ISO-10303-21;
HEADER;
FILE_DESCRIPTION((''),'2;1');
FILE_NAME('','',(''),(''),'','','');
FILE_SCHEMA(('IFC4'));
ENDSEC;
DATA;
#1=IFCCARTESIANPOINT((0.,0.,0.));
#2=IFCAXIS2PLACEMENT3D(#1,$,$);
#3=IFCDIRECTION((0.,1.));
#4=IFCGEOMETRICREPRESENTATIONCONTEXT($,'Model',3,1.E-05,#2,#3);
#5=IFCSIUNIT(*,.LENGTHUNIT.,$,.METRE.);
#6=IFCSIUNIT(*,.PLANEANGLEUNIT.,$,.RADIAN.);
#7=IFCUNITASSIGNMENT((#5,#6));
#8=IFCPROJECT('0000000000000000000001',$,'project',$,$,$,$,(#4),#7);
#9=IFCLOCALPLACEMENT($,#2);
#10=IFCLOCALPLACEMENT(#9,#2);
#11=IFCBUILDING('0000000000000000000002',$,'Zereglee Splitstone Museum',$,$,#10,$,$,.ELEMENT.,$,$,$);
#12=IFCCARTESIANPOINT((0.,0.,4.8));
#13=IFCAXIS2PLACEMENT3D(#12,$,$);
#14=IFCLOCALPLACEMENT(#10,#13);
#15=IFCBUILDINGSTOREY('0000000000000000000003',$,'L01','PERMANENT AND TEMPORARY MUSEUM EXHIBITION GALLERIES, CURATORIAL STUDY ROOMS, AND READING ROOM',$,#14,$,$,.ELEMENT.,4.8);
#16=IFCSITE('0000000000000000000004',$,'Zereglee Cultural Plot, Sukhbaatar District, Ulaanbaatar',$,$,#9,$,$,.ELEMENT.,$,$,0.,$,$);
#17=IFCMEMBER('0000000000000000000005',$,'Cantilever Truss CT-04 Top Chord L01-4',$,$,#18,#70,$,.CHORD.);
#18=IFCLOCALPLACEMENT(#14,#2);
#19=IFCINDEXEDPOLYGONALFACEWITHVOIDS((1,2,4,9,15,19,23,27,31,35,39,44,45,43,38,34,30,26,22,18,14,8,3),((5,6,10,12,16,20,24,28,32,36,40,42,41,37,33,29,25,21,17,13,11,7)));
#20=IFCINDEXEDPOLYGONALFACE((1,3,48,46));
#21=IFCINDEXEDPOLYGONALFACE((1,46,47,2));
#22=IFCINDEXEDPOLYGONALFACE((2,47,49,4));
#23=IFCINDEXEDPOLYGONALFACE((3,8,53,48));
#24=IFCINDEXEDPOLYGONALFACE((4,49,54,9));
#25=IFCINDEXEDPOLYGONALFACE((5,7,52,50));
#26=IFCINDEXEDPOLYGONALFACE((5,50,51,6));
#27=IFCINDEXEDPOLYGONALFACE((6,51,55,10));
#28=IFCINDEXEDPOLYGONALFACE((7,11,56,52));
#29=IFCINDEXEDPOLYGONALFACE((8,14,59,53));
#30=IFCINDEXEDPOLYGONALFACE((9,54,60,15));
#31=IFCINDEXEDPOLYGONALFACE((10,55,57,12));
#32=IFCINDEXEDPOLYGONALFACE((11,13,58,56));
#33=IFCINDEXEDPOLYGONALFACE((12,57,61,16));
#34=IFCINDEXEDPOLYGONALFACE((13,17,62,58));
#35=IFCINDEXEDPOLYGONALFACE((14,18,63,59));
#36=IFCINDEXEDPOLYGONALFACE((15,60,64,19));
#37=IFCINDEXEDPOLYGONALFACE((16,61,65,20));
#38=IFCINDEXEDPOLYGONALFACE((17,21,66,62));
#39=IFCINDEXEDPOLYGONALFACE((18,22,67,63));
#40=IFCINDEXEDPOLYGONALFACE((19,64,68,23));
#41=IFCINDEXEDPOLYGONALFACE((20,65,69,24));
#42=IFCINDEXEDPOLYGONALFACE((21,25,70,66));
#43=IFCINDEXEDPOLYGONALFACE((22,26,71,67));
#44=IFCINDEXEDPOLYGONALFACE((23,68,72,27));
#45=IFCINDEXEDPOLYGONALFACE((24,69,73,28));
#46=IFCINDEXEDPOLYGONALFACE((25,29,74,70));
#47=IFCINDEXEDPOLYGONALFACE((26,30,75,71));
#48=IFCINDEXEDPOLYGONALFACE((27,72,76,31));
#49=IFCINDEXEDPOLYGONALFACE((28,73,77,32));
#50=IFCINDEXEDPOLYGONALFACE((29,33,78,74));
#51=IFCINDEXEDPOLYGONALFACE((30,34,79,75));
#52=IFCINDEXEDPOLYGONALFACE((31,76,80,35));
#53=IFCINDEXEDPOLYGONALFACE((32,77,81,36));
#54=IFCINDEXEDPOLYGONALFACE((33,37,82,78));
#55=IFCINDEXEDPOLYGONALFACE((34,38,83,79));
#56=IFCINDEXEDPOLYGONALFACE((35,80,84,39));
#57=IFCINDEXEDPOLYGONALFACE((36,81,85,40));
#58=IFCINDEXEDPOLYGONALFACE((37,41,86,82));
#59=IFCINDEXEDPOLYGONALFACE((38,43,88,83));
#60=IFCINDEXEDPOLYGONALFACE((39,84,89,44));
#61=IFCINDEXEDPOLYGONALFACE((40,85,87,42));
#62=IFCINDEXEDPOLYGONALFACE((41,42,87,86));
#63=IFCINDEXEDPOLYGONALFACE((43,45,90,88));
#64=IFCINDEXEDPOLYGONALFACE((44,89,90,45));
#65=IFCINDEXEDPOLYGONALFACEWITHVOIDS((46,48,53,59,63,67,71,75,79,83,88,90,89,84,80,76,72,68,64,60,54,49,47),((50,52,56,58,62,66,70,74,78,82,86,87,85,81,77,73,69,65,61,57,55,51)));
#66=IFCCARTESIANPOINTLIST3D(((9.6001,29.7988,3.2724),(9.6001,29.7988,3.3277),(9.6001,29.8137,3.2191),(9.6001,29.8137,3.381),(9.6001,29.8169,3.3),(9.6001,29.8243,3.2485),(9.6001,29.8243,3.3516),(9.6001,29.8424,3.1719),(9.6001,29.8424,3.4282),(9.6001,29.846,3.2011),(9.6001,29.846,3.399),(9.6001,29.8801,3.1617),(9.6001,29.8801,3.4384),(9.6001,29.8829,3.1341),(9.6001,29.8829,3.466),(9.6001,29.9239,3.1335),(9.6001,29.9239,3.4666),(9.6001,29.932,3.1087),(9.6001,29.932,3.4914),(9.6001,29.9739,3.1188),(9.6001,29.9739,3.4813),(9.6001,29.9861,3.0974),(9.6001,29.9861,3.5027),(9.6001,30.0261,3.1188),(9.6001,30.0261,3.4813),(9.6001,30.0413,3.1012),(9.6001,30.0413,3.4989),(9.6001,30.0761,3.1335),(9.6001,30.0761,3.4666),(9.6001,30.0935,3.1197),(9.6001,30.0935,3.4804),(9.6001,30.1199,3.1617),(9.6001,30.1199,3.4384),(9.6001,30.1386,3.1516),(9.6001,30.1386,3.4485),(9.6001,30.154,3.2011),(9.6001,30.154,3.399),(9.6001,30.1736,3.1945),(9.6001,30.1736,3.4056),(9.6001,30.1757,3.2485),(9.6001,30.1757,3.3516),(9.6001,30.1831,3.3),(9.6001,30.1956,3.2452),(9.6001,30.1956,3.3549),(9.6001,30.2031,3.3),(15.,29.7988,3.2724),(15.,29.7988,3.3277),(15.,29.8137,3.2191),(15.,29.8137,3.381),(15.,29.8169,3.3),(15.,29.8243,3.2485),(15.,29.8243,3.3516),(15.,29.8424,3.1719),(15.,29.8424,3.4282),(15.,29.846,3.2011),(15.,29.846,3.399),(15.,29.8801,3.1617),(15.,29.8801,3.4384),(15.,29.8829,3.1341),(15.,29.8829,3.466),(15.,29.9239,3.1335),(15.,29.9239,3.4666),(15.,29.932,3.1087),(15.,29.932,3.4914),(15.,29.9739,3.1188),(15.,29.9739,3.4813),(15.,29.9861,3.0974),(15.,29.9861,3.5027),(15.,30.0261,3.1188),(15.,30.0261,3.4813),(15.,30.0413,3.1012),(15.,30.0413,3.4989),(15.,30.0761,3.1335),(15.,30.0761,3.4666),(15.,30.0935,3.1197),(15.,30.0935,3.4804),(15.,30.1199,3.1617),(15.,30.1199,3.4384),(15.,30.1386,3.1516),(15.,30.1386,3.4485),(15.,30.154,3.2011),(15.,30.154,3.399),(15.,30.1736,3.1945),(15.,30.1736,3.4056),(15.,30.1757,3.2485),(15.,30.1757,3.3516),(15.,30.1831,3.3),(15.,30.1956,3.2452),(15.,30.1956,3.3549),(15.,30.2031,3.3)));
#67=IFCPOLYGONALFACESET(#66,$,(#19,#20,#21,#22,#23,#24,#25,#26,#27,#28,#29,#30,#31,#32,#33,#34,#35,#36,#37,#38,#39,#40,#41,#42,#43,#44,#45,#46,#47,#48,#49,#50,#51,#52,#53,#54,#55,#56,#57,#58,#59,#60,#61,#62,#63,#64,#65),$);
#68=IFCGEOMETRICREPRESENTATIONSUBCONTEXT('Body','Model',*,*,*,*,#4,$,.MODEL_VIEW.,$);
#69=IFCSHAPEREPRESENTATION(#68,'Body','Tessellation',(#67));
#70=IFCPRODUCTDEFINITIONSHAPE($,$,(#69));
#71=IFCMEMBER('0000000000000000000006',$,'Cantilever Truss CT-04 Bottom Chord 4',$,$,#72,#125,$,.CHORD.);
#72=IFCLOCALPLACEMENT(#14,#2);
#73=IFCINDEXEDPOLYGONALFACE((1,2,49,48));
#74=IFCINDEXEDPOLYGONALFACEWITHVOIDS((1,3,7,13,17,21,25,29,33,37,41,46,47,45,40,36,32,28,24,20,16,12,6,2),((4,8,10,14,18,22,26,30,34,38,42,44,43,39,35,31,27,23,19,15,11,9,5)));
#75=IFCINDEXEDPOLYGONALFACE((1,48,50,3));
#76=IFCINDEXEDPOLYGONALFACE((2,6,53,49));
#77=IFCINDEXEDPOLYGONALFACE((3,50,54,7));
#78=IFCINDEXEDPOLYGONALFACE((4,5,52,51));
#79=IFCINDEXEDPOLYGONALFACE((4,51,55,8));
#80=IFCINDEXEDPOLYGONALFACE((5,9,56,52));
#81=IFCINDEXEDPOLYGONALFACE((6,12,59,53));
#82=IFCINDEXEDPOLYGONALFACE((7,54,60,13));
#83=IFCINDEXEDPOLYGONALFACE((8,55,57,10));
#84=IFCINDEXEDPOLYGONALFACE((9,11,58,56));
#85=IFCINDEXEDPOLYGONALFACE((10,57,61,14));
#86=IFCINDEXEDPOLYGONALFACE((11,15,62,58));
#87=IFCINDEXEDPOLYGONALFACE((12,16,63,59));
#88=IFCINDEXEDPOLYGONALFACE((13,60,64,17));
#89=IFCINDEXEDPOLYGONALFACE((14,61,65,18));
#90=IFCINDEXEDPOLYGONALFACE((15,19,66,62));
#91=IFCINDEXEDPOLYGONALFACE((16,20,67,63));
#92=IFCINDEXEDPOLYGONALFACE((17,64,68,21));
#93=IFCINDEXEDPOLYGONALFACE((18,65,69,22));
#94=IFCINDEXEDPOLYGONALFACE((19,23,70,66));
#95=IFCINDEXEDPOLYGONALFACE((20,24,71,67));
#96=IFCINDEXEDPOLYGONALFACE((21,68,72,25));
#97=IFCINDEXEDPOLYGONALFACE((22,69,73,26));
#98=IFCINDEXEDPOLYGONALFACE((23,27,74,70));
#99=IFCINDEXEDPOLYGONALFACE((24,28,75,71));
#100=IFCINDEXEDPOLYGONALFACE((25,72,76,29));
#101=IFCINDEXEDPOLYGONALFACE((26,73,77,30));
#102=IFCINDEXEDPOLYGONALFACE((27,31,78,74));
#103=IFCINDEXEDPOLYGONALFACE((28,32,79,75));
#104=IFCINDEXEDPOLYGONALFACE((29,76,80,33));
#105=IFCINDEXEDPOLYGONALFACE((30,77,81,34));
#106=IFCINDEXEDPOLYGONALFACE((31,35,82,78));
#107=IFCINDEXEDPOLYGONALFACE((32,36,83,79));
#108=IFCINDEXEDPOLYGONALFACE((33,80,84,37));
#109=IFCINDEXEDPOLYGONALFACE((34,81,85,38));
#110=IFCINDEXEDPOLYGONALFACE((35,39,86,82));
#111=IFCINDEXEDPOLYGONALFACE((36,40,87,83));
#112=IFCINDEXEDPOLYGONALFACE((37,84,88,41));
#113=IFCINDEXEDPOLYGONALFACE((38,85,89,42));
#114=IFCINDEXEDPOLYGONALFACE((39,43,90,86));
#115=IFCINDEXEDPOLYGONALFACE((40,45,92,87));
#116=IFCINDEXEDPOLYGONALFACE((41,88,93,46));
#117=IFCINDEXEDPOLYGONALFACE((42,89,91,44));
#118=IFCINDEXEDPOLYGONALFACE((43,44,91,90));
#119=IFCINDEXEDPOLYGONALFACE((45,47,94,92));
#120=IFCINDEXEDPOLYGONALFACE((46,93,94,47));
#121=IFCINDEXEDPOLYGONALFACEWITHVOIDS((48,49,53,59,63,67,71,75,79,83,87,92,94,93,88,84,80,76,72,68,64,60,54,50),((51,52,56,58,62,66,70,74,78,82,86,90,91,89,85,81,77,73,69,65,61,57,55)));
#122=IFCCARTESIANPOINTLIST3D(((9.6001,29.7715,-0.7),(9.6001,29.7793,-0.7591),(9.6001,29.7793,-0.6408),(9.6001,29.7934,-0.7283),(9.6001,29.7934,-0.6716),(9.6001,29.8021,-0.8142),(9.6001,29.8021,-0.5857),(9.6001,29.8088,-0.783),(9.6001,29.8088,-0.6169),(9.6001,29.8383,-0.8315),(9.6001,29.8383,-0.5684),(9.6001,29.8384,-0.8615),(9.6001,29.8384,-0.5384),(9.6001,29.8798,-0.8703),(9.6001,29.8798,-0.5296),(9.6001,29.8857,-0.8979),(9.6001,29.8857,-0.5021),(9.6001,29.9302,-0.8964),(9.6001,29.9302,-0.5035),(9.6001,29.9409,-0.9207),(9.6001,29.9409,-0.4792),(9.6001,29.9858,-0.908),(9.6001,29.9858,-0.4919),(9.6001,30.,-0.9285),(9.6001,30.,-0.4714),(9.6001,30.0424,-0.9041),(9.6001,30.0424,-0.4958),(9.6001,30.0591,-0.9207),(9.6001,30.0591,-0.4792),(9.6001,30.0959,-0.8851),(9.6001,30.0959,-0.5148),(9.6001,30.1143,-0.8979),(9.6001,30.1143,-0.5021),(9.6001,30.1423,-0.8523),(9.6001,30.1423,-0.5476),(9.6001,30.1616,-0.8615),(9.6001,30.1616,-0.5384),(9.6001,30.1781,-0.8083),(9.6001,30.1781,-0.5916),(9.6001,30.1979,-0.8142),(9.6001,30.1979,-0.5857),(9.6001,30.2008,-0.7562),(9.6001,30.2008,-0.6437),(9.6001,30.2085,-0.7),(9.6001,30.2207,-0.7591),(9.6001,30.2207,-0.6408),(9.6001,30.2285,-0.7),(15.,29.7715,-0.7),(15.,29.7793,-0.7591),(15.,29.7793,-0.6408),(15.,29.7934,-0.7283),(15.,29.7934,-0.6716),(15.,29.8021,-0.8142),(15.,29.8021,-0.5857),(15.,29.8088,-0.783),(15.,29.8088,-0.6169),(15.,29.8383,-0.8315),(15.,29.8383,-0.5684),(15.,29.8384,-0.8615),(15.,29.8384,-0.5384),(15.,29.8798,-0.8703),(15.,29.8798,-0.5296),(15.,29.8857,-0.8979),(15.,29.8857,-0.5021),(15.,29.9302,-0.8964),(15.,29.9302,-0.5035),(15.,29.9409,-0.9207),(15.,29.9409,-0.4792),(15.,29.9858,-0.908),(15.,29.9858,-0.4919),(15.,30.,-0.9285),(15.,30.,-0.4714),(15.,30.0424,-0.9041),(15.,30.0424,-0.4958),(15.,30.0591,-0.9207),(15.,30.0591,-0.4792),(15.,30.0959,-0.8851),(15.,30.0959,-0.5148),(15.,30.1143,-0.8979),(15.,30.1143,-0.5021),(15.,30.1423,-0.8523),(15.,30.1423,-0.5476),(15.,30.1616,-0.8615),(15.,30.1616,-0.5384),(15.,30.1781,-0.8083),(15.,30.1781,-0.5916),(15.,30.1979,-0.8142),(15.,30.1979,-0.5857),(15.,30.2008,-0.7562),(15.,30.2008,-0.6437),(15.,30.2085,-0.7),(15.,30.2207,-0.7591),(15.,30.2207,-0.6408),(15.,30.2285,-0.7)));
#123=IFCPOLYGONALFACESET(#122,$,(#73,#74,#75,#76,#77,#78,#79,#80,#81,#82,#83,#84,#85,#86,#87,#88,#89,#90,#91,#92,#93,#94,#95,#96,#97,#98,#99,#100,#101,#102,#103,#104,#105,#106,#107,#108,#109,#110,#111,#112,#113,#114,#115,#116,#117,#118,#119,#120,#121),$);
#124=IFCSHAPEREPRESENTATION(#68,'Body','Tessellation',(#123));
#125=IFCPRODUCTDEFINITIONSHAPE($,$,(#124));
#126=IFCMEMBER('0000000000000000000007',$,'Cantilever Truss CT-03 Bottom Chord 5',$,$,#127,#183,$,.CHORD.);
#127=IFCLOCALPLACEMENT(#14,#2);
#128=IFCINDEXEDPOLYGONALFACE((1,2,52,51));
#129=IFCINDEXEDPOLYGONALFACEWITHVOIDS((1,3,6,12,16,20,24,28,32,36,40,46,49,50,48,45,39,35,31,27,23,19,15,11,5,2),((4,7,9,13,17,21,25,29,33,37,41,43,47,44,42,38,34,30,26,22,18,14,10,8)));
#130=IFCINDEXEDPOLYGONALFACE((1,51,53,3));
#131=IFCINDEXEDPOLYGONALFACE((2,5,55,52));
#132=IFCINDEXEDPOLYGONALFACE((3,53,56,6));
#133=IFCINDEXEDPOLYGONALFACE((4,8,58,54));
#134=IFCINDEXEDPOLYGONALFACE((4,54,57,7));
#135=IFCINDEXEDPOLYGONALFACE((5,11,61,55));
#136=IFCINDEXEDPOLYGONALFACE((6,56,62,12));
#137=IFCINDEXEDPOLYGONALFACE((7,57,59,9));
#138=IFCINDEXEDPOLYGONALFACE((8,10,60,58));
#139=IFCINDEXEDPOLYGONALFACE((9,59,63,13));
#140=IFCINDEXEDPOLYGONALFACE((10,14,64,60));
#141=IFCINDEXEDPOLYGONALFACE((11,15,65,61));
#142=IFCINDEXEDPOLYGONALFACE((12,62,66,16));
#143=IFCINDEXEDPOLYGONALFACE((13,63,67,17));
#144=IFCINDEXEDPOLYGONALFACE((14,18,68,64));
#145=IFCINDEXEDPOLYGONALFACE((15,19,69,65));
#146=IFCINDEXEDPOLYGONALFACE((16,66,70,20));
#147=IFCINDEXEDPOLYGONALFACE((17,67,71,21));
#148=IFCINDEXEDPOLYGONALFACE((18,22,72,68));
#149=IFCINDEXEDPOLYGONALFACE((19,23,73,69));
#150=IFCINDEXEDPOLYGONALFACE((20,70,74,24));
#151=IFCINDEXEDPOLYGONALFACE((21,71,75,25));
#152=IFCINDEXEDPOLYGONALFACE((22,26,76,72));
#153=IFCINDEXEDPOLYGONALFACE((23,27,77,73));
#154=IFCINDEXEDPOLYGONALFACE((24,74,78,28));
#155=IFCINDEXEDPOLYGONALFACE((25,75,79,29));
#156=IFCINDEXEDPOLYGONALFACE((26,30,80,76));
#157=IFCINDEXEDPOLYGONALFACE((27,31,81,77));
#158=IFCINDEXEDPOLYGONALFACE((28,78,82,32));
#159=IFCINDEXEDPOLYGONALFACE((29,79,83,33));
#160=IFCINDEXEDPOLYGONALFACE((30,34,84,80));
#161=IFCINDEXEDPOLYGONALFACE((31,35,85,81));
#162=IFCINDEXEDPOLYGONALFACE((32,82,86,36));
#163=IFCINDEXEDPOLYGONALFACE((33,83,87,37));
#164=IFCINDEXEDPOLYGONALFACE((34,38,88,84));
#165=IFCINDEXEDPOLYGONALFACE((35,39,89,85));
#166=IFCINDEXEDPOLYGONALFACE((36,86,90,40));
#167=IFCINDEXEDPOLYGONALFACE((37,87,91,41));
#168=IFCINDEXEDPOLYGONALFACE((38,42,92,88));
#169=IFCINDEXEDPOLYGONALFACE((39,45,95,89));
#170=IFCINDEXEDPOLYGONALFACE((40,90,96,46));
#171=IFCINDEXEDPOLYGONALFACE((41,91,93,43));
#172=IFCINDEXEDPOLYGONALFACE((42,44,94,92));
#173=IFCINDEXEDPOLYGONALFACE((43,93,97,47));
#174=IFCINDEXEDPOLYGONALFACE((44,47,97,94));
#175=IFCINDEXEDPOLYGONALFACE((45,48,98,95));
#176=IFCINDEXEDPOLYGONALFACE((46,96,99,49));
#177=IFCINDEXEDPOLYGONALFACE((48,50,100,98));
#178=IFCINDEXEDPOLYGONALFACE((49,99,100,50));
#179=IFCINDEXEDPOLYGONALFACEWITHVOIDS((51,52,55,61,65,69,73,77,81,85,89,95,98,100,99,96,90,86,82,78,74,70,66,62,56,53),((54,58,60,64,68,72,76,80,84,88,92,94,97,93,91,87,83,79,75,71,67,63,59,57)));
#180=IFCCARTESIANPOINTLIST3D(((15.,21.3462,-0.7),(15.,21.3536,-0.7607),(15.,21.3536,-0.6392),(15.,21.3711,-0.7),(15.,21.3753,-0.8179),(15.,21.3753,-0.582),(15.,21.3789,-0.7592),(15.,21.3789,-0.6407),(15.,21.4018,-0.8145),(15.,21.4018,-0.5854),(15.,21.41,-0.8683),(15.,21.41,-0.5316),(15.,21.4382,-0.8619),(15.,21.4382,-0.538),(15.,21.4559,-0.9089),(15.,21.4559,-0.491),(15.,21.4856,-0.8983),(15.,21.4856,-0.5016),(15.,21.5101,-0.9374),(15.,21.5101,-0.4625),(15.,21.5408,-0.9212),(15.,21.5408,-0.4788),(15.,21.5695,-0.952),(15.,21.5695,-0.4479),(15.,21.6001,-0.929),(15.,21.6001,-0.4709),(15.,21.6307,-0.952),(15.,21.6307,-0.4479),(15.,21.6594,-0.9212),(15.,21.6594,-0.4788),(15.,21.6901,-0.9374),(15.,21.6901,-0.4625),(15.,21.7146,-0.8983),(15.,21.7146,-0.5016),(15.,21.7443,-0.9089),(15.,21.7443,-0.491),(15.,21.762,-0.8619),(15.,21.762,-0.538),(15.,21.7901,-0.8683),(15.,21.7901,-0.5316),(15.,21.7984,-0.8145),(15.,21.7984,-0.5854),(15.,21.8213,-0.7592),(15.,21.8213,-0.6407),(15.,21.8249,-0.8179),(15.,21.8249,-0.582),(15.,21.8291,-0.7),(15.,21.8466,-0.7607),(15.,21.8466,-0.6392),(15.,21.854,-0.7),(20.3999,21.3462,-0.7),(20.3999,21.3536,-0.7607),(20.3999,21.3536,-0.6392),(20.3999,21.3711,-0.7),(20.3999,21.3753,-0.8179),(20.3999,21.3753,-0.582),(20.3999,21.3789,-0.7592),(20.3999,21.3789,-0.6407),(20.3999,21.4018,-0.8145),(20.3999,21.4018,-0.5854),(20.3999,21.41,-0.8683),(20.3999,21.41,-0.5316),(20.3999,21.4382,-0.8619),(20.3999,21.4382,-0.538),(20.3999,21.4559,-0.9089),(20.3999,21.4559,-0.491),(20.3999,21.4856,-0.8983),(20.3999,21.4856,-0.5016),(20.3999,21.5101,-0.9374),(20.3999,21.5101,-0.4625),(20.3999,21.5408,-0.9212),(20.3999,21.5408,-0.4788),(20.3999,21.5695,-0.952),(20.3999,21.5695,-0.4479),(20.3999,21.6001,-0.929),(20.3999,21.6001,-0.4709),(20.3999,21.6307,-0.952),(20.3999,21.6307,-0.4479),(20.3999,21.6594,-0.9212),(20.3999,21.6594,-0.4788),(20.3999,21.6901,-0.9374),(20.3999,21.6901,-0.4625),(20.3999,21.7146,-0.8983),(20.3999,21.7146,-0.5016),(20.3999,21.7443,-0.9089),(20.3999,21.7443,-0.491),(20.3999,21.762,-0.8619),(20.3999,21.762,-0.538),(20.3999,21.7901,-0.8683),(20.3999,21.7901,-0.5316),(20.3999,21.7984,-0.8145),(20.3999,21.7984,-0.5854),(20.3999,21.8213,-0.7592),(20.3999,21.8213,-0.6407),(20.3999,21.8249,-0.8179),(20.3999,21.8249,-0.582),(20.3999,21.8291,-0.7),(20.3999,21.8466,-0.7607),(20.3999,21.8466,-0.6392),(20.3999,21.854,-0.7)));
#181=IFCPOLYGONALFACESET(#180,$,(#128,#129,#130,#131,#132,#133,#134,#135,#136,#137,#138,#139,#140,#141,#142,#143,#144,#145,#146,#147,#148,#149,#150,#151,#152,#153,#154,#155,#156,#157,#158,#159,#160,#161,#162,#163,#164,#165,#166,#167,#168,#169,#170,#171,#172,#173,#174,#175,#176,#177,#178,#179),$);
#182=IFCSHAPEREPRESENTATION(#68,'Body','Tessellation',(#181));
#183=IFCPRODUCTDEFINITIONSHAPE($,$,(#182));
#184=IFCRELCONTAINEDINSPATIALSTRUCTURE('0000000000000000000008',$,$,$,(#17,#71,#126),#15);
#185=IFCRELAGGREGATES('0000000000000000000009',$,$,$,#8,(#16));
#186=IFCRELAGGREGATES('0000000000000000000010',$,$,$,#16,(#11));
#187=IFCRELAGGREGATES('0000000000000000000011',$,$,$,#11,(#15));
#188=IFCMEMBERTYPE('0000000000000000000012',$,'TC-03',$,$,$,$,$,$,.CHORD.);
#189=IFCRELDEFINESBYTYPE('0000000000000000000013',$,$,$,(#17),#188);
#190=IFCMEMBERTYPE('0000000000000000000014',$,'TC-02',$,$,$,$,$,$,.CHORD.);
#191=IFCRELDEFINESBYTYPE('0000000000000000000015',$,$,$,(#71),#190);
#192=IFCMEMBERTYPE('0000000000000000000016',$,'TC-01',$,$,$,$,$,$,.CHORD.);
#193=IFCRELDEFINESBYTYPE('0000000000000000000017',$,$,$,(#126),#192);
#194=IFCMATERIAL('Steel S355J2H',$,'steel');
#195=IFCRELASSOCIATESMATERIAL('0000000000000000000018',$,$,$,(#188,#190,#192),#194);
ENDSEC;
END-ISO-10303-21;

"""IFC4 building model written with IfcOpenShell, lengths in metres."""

from ifc_helpers import new_model, si_unit, direction, frame, origin, origin_2d, place, context, subcontext, project, spatial, hollow_circle, extrude, material, material_profile, profile_set, type_object, element, save


model = new_model("IFC4")

# Units and contexts
model_context = context("Model", 3, precision=1e-05, world=origin(), true_north=direction((0.0, 1.0)))
body_context = subcontext(model_context, "Body", "Model", "MODEL_VIEW")
ifc_project = project(units=[si_unit("LENGTHUNIT", "METRE"), si_unit("PLANEANGLEUNIT", "RADIAN")], contexts=[model_context])

# Site, building, storey
site_placement = place(None, origin())
site = spatial("IfcSite", under=ifc_project, at=site_placement, Name="Zereglee Cultural Plot, Sukhbaatar District, Ulaanbaatar", CompositionType="ELEMENT", RefElevation=0.0)
building_placement = place(site_placement, origin())
building = spatial("IfcBuilding", under=site, at=building_placement, Name="Zereglee Splitstone Museum", CompositionType="ELEMENT")
storey_placement = place(building_placement, frame((0.0, 0.0, 4.8)))
storey = spatial("IfcBuildingStorey", under=building, at=storey_placement, Name="L01", Description="PERMANENT AND TEMPORARY MUSEUM EXHIBITION GALLERIES, CURATORIAL STUDY ROOMS, AND READING ROOM", CompositionType="ELEMENT", Elevation=4.8)

# Shared definitions
ifc_material_1 = material(Name="Steel S355J2H", Category="steel")

# Members
ifc_material_profile_1 = material_profile(ifc_material_1, hollow_circle(Radius=0.2031, WallThickness=0.02, at=origin_2d()), Name="CHS 406.4x20")
ifc_profile_set_1 = profile_set([ifc_material_profile_1], Name="Steel S355J2H")
member_type_1 = type_object("IfcMemberType", Name="TC-03", PredefinedType="CHORD", material=ifc_profile_set_1)
for number, where, z_axis, x_axis, name in (
    (1, (9.6001, 30.0, 3.3), (1.0, 0.0, 0.0), (0.0, 1.0, 0.0), "Cantilever Truss CT-04 Top Chord L01-4"),
):
    element("IfcMember", number, at=place(storey_placement, frame(where, z_axis=z_axis, x_axis=x_axis)), inside=storey, type_object=member_type_1, Name=name, PredefinedType="CHORD", context=body_context, shape_type="SweptSolid", body=[
        extrude(hollow_circle(Radius=0.2031, WallThickness=0.02, at=origin_2d()), origin(), (0.0, 0.0, 1.0), 5.3999),
    ])
ifc_material_profile_2 = material_profile(ifc_material_1, hollow_circle(Radius=0.2285, WallThickness=0.02, at=origin_2d()), Name="CHS 457.0x20")
ifc_profile_set_2 = profile_set([ifc_material_profile_2], Name="Steel S355J2H")
member_type_2 = type_object("IfcMemberType", Name="TC-02", PredefinedType="CHORD", material=ifc_profile_set_2)
member_1_placement = place(storey_placement, frame((9.6001, 30.0, -0.7), z_axis=(1.0, 0.0, 0.0), x_axis=(0.0, 1.0, 0.0)))
element("IfcMember", 2, at=member_1_placement, inside=storey, type_object=member_type_2, Name="Cantilever Truss CT-04 Bottom Chord 4", PredefinedType="CHORD", context=body_context, shape_type="SweptSolid", body=[
    extrude(hollow_circle(Radius=0.2285, WallThickness=0.02, at=origin_2d()), origin(), (0.0, 0.0, 1.0), 5.3999),
])
ifc_material_profile_3 = material_profile(ifc_material_1, hollow_circle(Radius=0.2539, WallThickness=0.0249, at=origin_2d()), Name="CHS 508.0x25")
ifc_profile_set_3 = profile_set([ifc_material_profile_3], Name="Steel S355J2H")
member_type_3 = type_object("IfcMemberType", Name="TC-01", PredefinedType="CHORD", material=ifc_profile_set_3)
member_2_placement = place(storey_placement, frame((15.0, 21.6001, -0.7), z_axis=(1.0, 0.0, 0.0), x_axis=(0.0, 1.0, 0.0)))
element("IfcMember", 3, at=member_2_placement, inside=storey, type_object=member_type_3, Name="Cantilever Truss CT-03 Bottom Chord 5", PredefinedType="CHORD", context=body_context, shape_type="SweptSolid", body=[
    extrude(hollow_circle(Radius=0.2539, WallThickness=0.0249, at=origin_2d()), origin(), (0.0, 0.0, 1.0), 5.3999),
])

save(model, "model.ifc")
